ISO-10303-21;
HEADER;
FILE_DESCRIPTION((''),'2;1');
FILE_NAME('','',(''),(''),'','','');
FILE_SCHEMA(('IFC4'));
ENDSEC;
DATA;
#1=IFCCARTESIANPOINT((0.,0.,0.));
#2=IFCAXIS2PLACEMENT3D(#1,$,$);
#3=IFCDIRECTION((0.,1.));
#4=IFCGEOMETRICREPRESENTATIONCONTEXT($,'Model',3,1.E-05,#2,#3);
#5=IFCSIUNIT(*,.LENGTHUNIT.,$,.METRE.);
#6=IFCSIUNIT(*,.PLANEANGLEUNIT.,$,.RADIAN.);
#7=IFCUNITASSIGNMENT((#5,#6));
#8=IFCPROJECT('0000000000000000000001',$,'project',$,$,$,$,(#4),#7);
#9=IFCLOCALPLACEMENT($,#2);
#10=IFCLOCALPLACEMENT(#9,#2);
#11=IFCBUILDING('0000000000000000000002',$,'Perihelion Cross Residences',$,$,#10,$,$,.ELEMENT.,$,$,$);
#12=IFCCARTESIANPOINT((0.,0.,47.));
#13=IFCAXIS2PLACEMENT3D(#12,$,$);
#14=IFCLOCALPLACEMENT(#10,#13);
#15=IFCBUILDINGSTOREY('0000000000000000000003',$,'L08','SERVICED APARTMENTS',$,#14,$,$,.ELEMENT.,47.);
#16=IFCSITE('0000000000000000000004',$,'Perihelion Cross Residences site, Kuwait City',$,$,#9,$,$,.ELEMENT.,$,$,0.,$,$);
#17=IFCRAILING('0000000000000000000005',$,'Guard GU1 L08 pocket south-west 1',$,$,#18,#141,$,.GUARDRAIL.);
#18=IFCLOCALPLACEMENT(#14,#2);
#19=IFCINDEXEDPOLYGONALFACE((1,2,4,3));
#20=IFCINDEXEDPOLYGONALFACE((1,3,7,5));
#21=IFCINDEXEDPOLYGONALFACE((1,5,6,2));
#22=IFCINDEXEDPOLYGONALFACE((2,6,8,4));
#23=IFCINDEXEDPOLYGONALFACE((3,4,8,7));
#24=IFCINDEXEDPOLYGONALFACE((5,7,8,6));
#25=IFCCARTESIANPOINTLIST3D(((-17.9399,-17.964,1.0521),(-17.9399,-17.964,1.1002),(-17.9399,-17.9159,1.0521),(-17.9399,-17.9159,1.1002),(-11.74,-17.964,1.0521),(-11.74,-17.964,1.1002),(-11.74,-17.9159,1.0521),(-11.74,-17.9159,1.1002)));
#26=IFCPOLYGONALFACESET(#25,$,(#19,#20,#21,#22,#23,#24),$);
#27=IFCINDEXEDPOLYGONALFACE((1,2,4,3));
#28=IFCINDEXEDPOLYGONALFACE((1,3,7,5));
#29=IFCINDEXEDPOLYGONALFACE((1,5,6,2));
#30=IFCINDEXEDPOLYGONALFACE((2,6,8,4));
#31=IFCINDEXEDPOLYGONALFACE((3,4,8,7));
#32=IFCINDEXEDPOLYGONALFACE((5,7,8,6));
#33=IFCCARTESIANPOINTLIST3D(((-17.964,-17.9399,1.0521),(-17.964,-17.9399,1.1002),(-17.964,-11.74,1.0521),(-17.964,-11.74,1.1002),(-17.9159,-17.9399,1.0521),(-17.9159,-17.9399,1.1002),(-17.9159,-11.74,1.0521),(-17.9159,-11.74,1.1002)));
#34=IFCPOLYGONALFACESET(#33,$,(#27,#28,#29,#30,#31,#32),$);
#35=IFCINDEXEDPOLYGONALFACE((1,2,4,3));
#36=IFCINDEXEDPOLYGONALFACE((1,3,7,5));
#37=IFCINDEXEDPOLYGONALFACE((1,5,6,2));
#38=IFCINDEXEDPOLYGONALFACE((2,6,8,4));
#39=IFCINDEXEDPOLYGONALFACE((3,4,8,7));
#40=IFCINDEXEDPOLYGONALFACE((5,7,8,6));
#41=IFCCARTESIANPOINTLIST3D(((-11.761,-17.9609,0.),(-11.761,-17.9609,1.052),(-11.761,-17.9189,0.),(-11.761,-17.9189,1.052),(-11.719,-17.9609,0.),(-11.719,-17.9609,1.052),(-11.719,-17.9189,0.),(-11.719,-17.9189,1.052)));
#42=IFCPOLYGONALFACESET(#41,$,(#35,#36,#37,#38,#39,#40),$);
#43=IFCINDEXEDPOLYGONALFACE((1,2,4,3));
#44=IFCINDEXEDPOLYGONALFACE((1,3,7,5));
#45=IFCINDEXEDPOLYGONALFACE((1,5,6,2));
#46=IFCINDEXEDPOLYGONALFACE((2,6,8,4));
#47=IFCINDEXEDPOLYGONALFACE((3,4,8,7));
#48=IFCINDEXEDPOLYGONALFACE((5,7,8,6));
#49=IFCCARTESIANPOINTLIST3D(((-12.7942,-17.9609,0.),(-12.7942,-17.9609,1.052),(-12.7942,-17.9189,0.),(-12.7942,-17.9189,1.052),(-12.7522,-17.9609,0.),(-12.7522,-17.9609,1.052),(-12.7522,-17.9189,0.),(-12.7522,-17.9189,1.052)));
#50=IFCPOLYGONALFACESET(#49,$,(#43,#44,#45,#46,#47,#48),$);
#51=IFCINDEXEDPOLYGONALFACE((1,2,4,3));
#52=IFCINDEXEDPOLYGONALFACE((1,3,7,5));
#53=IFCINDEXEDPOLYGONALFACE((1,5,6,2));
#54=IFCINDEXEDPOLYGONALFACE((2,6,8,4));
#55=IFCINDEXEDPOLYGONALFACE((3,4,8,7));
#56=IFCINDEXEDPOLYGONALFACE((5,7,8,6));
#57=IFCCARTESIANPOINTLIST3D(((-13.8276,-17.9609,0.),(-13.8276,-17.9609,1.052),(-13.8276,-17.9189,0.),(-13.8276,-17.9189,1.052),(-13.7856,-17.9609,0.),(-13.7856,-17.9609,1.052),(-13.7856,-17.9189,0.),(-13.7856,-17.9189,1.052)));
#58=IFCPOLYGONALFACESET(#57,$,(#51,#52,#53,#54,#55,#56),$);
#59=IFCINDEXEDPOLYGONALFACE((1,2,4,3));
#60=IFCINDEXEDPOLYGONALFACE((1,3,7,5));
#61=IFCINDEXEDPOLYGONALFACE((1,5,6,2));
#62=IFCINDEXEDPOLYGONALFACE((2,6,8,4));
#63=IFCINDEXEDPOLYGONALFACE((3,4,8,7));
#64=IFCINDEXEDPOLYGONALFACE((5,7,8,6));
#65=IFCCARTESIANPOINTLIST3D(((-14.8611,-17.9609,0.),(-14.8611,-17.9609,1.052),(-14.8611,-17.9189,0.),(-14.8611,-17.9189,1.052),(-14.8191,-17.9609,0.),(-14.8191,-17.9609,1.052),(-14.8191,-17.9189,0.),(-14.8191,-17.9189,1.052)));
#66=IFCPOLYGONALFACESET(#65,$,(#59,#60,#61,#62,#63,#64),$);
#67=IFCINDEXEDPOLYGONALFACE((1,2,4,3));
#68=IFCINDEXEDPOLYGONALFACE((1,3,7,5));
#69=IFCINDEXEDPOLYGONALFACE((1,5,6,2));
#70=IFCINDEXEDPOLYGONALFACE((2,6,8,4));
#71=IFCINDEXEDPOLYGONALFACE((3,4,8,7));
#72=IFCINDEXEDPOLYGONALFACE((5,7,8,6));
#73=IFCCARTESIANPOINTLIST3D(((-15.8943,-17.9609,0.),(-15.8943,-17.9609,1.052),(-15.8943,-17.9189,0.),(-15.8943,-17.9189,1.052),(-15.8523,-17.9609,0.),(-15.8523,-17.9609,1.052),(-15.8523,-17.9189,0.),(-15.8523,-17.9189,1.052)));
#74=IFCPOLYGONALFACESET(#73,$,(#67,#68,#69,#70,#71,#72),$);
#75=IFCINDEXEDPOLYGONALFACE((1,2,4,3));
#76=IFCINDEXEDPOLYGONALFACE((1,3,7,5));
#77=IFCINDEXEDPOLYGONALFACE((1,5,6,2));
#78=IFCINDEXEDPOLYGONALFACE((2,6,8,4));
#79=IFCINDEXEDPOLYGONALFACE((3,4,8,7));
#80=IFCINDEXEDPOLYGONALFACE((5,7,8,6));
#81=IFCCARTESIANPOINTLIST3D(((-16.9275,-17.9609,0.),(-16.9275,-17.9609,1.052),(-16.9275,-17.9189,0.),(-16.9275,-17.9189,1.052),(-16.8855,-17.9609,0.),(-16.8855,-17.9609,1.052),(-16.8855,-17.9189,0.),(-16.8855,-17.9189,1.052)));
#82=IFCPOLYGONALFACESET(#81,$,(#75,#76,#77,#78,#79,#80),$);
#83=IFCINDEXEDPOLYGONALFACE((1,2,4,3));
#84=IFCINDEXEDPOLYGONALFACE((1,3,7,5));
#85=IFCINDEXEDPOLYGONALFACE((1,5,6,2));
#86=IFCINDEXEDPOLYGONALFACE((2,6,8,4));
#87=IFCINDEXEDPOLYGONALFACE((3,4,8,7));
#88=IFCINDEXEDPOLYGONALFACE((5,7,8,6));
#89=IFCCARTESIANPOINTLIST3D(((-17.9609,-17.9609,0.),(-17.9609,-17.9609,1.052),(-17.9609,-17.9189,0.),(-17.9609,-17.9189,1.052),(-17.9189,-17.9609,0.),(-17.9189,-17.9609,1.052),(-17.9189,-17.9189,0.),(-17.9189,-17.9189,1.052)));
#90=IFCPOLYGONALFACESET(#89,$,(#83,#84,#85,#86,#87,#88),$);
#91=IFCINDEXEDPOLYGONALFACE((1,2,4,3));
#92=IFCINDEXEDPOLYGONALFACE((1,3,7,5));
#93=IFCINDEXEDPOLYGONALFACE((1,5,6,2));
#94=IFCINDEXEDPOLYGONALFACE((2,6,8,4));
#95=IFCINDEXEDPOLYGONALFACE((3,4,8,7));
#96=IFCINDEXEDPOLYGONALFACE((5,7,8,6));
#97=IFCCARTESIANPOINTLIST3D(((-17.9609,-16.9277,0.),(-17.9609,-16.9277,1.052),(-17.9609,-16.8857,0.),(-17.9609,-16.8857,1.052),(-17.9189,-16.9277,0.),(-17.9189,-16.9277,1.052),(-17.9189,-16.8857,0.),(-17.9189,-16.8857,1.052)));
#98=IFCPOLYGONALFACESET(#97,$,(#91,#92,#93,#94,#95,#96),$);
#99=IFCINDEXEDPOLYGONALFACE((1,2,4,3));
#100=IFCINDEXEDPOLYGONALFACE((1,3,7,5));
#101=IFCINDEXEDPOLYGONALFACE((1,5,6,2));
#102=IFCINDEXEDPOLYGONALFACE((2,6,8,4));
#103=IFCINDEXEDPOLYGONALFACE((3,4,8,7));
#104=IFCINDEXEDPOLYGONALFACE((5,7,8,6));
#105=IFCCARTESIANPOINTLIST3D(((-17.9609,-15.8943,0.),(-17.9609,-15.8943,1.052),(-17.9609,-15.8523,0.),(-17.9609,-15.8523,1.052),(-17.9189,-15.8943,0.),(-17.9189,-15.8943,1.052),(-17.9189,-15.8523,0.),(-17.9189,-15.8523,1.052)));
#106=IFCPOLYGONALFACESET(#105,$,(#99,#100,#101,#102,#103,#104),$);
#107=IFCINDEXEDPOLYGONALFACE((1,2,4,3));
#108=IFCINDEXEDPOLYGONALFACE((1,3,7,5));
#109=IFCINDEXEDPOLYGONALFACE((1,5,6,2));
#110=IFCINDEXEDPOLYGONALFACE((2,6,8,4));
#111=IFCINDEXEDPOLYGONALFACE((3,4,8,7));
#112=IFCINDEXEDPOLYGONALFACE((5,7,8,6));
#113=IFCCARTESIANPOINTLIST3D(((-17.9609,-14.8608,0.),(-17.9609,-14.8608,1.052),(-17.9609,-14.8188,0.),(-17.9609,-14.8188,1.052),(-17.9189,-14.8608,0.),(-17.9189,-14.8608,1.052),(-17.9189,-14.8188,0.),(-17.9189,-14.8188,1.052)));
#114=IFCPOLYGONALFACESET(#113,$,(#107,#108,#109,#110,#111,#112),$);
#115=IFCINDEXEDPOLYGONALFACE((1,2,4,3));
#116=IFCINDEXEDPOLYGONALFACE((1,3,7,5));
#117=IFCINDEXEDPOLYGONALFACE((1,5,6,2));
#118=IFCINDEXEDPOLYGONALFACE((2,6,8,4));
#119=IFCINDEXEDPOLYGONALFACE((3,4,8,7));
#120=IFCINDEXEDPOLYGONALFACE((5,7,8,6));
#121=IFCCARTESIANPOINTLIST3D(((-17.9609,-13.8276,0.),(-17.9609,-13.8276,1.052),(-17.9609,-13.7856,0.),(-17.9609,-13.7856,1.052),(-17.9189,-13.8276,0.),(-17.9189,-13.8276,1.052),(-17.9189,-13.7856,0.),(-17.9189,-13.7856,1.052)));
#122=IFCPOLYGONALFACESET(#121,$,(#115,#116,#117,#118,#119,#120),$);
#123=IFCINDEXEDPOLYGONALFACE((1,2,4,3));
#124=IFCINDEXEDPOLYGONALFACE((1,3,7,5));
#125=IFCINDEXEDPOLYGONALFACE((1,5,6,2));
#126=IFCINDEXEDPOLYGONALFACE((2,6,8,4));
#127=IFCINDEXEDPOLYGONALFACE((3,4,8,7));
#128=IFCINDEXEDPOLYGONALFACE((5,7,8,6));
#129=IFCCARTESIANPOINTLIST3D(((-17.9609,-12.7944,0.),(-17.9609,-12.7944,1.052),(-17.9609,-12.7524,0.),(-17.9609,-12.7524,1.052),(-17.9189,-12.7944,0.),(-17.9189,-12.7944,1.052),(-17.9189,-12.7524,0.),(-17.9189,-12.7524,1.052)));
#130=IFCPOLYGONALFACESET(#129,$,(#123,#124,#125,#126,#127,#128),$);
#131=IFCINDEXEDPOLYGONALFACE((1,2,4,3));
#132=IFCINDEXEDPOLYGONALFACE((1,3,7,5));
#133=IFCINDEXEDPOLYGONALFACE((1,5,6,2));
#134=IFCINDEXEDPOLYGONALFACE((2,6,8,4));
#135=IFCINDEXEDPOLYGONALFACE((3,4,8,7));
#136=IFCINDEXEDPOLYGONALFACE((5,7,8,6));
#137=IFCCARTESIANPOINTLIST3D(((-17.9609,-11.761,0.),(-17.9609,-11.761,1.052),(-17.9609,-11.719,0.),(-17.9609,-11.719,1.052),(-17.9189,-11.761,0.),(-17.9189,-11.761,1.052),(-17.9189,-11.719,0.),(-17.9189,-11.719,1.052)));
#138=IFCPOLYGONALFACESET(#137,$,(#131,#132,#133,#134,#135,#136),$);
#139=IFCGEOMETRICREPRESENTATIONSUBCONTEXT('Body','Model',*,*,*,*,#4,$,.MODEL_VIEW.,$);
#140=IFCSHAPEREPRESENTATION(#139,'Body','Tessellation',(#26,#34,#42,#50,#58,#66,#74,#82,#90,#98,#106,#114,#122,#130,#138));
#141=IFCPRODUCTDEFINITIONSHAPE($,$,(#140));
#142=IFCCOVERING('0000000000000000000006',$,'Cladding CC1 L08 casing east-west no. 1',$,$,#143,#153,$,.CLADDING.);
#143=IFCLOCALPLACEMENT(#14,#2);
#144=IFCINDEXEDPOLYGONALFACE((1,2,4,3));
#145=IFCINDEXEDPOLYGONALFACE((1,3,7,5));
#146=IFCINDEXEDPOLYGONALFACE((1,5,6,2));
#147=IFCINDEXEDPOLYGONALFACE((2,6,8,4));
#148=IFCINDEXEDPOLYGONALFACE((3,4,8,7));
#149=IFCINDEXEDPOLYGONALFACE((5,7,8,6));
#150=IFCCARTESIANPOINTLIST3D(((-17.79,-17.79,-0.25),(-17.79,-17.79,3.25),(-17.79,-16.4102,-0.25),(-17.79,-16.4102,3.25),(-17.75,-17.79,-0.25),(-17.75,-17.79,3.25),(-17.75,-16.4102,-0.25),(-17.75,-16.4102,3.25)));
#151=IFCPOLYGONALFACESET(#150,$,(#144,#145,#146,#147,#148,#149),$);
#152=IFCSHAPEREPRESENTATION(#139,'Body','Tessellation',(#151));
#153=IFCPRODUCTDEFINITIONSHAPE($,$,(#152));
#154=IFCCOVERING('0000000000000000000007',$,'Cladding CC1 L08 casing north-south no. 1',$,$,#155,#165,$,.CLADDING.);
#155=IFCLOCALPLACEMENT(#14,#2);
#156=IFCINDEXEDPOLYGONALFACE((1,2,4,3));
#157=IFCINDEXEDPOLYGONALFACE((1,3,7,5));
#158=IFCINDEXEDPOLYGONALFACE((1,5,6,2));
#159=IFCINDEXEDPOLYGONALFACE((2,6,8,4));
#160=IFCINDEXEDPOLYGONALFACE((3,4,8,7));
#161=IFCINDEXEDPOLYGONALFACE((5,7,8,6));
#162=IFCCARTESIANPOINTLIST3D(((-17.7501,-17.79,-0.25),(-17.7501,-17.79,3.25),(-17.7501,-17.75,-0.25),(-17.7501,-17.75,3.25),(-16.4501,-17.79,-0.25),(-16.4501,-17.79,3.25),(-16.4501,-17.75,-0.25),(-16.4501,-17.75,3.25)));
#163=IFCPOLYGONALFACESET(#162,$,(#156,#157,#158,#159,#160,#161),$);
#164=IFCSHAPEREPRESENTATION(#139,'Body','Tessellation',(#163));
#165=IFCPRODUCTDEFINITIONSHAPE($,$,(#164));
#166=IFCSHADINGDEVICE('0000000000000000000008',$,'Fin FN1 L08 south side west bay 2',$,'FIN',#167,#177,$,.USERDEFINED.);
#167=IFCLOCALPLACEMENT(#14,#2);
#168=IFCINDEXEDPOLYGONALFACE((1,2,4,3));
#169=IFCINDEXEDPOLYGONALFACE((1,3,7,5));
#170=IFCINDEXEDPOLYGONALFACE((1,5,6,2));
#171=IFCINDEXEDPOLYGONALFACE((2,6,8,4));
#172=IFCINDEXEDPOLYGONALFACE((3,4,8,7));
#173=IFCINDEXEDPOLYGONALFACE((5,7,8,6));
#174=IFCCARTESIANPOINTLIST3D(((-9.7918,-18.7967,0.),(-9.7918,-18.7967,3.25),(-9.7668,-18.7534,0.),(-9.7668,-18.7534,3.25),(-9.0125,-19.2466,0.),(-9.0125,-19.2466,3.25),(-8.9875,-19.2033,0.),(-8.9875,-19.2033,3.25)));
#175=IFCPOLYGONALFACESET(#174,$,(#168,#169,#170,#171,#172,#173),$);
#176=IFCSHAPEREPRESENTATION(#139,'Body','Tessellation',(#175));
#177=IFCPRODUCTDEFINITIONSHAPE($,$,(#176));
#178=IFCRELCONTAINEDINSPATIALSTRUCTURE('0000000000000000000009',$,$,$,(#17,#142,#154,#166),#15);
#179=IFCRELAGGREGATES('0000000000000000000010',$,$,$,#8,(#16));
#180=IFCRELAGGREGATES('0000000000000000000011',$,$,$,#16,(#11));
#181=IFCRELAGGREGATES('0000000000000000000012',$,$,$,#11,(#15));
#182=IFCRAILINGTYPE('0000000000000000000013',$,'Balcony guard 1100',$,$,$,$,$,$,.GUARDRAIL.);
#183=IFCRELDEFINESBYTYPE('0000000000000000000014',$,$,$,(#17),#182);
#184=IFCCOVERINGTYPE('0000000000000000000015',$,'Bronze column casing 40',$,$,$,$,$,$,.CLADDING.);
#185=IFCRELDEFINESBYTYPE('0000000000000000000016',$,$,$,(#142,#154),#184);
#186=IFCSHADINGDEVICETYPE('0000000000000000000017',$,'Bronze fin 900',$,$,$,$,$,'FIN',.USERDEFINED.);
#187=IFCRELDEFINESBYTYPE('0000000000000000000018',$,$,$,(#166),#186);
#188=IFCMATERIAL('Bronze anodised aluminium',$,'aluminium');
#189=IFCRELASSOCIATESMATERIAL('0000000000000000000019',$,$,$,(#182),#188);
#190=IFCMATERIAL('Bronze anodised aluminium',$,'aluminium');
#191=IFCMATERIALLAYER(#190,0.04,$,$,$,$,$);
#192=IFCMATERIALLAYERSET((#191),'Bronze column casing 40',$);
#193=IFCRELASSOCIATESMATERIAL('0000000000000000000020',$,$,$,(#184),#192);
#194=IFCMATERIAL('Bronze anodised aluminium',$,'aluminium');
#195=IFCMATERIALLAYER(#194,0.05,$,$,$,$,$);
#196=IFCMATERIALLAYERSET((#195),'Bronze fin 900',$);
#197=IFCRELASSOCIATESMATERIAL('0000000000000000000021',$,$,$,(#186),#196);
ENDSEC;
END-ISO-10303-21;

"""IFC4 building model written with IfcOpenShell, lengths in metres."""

from ifc_helpers import new_model, si_unit, direction, frame, origin, origin_2d, place, context, subcontext, project, spatial, rectangle, extrude, material, layer, layer_set, type_object, element, save


model = new_model("IFC4")

# Units and contexts
model_context = context("Model", 3, precision=1e-05, world=origin(), true_north=direction((0.0, 1.0)))
body_context = subcontext(model_context, "Body", "Model", "MODEL_VIEW")
ifc_project = project(units=[si_unit("LENGTHUNIT", "METRE"), si_unit("PLANEANGLEUNIT", "RADIAN")], contexts=[model_context])

# Site, building, storey
site_placement = place(None, origin())
site = spatial("IfcSite", under=ifc_project, at=site_placement, Name="Perihelion Cross Residences site, Kuwait City", CompositionType="ELEMENT", RefElevation=0.0)
building_placement = place(site_placement, origin())
building = spatial("IfcBuilding", under=site, at=building_placement, Name="Perihelion Cross Residences", CompositionType="ELEMENT")
storey_placement = place(building_placement, frame((0.0, 0.0, 47.0)))
storey = spatial("IfcBuildingStorey", under=building, at=storey_placement, Name="L08", Description="SERVICED APARTMENTS", CompositionType="ELEMENT", Elevation=47.0)

# Railing
ifc_material_1 = material(Name="Bronze anodised aluminium", Category="aluminium")
railing_type = type_object("IfcRailingType", Name="Balcony guard 1100", PredefinedType="GUARDRAIL", material=ifc_material_1)
railing_1_placement = place(storey_placement, frame((-11.74, -17.9399, 0.0)))
element("IfcRailing", 1, at=railing_1_placement, inside=storey, type_object=railing_type, Name="Guard GU1 L08 pocket south-west 1", PredefinedType="GUARDRAIL", context=body_context, shape_type="SweptSolid", body=[
    extrude(rectangle(XDim=0.0481, YDim=0.0481, at=origin_2d()), frame((0.0, 0.0, 1.0762), z_axis=(-1.0, 0.0, 0.0), x_axis=(0.0, -1.0, 0.0)), (0.0, 0.0, 1.0), 6.2),
    extrude(rectangle(XDim=0.0481, YDim=0.0481, at=origin_2d()), frame((-6.2, 0.0, 1.0762), z_axis=(0.0, 1.0, 0.0), x_axis=(-1.0, 0.0, 0.0)), (0.0, 0.0, 1.0), 6.2),
    extrude(rectangle(XDim=0.042, YDim=0.042, at=origin_2d()), origin(), (0.0, 0.0, 1.0), 1.052),
    extrude(rectangle(XDim=0.042, YDim=0.042, at=origin_2d()), frame((-1.0332, 0.0, 0.0)), (0.0, 0.0, 1.0), 1.052),
    extrude(rectangle(XDim=0.042, YDim=0.042, at=origin_2d()), frame((-2.0667, 0.0, 0.0)), (0.0, 0.0, 1.0), 1.052),
    extrude(rectangle(XDim=0.042, YDim=0.042, at=origin_2d()), frame((-3.1001, 0.0, 0.0)), (0.0, 0.0, 1.0), 1.052),
    extrude(rectangle(XDim=0.042, YDim=0.042, at=origin_2d()), frame((-4.1333, 0.0, 0.0)), (0.0, 0.0, 1.0), 1.052),
    extrude(rectangle(XDim=0.042, YDim=0.042, at=origin_2d()), frame((-5.1665, 0.0, 0.0)), (0.0, 0.0, 1.0), 1.052),
    extrude(rectangle(XDim=0.042, YDim=0.042, at=origin_2d()), frame((-6.2, 0.0, 0.0)), (0.0, 0.0, 1.0), 1.052),
    extrude(rectangle(XDim=0.042, YDim=0.042, at=origin_2d()), frame((-6.2, 1.0332, 0.0)), (0.0, 0.0, 1.0), 1.052),
    extrude(rectangle(XDim=0.042, YDim=0.042, at=origin_2d()), frame((-6.2, 2.0667, 0.0)), (0.0, 0.0, 1.0), 1.052),
    extrude(rectangle(XDim=0.042, YDim=0.042, at=origin_2d()), frame((-6.2, 3.1001, 0.0)), (0.0, 0.0, 1.0), 1.052),
    extrude(rectangle(XDim=0.042, YDim=0.042, at=origin_2d()), frame((-6.2, 4.1333, 0.0)), (0.0, 0.0, 1.0), 1.052),
    extrude(rectangle(XDim=0.042, YDim=0.042, at=origin_2d()), frame((-6.2, 5.1665, 0.0)), (0.0, 0.0, 1.0), 1.052),
    extrude(rectangle(XDim=0.042, YDim=0.042, at=origin_2d()), frame((-6.2, 6.2, 0.0)), (0.0, 0.0, 1.0), 1.052),
])

# Coverings
ifc_material_2 = material(Name="Bronze anodised aluminium", Category="aluminium")
ifc_layer_1 = layer(ifc_material_2, 0.04)
ifc_layer_set_1 = layer_set([ifc_layer_1], Name="Bronze column casing 40")
covering_type = type_object("IfcCoveringType", Name="Bronze column casing 40", PredefinedType="CLADDING", material=ifc_layer_set_1)
covering_1_placement = place(storey_placement, frame((-17.77, -17.1001, -0.25), z_axis=(0.0, 0.0, 1.0), x_axis=(1.0, 0.0, 0.0)))
element("IfcCovering", 2, at=covering_1_placement, inside=storey, type_object=covering_type, Name="Cladding CC1 L08 casing east-west no. 1", PredefinedType="CLADDING", context=body_context, shape_type="SweptSolid", body=[
    extrude(rectangle(XDim=0.04, YDim=1.3799, at=origin_2d()), origin(), (0.0, 0.0, 1.0), 3.5),
])
covering_2_placement = place(storey_placement, frame((-17.1001, -17.77, -0.25), z_axis=(0.0, 0.0, 1.0), x_axis=(1.0, 0.0, 0.0)))
element("IfcCovering", 3, at=covering_2_placement, inside=storey, type_object=covering_type, Name="Cladding CC1 L08 casing north-south no. 1", PredefinedType="CLADDING", context=body_context, shape_type="SweptSolid", body=[
    extrude(rectangle(XDim=1.3, YDim=0.04, at=origin_2d()), origin(), (0.0, 0.0, 1.0), 3.5),
])

# Shading device
ifc_material_3 = material(Name="Bronze anodised aluminium", Category="aluminium")
ifc_layer_2 = layer(ifc_material_3, 0.05)
ifc_layer_set_2 = layer_set([ifc_layer_2], Name="Bronze fin 900")
shading_device_type = type_object("IfcShadingDeviceType", Name="Bronze fin 900", ElementType="FIN", PredefinedType="USERDEFINED", material=ifc_layer_set_2)
shading_device_placement = place(storey_placement, frame((-9.3896, -19.0, 0.0), z_axis=(0.0, 0.0, 1.0), x_axis=(-0.866025, 0.5, 0.0)))
element("IfcShadingDevice", 4, at=shading_device_placement, inside=storey, type_object=shading_device_type, Name="Fin FN1 L08 south side west bay 2", ObjectType="FIN", PredefinedType="USERDEFINED", context=body_context, shape_type="SweptSolid", body=[
    extrude(rectangle(XDim=0.8999, YDim=0.05, at=origin_2d()), origin(), (0.0, 0.0, 1.0), 3.25),
])

save(model, "model.ifc")
